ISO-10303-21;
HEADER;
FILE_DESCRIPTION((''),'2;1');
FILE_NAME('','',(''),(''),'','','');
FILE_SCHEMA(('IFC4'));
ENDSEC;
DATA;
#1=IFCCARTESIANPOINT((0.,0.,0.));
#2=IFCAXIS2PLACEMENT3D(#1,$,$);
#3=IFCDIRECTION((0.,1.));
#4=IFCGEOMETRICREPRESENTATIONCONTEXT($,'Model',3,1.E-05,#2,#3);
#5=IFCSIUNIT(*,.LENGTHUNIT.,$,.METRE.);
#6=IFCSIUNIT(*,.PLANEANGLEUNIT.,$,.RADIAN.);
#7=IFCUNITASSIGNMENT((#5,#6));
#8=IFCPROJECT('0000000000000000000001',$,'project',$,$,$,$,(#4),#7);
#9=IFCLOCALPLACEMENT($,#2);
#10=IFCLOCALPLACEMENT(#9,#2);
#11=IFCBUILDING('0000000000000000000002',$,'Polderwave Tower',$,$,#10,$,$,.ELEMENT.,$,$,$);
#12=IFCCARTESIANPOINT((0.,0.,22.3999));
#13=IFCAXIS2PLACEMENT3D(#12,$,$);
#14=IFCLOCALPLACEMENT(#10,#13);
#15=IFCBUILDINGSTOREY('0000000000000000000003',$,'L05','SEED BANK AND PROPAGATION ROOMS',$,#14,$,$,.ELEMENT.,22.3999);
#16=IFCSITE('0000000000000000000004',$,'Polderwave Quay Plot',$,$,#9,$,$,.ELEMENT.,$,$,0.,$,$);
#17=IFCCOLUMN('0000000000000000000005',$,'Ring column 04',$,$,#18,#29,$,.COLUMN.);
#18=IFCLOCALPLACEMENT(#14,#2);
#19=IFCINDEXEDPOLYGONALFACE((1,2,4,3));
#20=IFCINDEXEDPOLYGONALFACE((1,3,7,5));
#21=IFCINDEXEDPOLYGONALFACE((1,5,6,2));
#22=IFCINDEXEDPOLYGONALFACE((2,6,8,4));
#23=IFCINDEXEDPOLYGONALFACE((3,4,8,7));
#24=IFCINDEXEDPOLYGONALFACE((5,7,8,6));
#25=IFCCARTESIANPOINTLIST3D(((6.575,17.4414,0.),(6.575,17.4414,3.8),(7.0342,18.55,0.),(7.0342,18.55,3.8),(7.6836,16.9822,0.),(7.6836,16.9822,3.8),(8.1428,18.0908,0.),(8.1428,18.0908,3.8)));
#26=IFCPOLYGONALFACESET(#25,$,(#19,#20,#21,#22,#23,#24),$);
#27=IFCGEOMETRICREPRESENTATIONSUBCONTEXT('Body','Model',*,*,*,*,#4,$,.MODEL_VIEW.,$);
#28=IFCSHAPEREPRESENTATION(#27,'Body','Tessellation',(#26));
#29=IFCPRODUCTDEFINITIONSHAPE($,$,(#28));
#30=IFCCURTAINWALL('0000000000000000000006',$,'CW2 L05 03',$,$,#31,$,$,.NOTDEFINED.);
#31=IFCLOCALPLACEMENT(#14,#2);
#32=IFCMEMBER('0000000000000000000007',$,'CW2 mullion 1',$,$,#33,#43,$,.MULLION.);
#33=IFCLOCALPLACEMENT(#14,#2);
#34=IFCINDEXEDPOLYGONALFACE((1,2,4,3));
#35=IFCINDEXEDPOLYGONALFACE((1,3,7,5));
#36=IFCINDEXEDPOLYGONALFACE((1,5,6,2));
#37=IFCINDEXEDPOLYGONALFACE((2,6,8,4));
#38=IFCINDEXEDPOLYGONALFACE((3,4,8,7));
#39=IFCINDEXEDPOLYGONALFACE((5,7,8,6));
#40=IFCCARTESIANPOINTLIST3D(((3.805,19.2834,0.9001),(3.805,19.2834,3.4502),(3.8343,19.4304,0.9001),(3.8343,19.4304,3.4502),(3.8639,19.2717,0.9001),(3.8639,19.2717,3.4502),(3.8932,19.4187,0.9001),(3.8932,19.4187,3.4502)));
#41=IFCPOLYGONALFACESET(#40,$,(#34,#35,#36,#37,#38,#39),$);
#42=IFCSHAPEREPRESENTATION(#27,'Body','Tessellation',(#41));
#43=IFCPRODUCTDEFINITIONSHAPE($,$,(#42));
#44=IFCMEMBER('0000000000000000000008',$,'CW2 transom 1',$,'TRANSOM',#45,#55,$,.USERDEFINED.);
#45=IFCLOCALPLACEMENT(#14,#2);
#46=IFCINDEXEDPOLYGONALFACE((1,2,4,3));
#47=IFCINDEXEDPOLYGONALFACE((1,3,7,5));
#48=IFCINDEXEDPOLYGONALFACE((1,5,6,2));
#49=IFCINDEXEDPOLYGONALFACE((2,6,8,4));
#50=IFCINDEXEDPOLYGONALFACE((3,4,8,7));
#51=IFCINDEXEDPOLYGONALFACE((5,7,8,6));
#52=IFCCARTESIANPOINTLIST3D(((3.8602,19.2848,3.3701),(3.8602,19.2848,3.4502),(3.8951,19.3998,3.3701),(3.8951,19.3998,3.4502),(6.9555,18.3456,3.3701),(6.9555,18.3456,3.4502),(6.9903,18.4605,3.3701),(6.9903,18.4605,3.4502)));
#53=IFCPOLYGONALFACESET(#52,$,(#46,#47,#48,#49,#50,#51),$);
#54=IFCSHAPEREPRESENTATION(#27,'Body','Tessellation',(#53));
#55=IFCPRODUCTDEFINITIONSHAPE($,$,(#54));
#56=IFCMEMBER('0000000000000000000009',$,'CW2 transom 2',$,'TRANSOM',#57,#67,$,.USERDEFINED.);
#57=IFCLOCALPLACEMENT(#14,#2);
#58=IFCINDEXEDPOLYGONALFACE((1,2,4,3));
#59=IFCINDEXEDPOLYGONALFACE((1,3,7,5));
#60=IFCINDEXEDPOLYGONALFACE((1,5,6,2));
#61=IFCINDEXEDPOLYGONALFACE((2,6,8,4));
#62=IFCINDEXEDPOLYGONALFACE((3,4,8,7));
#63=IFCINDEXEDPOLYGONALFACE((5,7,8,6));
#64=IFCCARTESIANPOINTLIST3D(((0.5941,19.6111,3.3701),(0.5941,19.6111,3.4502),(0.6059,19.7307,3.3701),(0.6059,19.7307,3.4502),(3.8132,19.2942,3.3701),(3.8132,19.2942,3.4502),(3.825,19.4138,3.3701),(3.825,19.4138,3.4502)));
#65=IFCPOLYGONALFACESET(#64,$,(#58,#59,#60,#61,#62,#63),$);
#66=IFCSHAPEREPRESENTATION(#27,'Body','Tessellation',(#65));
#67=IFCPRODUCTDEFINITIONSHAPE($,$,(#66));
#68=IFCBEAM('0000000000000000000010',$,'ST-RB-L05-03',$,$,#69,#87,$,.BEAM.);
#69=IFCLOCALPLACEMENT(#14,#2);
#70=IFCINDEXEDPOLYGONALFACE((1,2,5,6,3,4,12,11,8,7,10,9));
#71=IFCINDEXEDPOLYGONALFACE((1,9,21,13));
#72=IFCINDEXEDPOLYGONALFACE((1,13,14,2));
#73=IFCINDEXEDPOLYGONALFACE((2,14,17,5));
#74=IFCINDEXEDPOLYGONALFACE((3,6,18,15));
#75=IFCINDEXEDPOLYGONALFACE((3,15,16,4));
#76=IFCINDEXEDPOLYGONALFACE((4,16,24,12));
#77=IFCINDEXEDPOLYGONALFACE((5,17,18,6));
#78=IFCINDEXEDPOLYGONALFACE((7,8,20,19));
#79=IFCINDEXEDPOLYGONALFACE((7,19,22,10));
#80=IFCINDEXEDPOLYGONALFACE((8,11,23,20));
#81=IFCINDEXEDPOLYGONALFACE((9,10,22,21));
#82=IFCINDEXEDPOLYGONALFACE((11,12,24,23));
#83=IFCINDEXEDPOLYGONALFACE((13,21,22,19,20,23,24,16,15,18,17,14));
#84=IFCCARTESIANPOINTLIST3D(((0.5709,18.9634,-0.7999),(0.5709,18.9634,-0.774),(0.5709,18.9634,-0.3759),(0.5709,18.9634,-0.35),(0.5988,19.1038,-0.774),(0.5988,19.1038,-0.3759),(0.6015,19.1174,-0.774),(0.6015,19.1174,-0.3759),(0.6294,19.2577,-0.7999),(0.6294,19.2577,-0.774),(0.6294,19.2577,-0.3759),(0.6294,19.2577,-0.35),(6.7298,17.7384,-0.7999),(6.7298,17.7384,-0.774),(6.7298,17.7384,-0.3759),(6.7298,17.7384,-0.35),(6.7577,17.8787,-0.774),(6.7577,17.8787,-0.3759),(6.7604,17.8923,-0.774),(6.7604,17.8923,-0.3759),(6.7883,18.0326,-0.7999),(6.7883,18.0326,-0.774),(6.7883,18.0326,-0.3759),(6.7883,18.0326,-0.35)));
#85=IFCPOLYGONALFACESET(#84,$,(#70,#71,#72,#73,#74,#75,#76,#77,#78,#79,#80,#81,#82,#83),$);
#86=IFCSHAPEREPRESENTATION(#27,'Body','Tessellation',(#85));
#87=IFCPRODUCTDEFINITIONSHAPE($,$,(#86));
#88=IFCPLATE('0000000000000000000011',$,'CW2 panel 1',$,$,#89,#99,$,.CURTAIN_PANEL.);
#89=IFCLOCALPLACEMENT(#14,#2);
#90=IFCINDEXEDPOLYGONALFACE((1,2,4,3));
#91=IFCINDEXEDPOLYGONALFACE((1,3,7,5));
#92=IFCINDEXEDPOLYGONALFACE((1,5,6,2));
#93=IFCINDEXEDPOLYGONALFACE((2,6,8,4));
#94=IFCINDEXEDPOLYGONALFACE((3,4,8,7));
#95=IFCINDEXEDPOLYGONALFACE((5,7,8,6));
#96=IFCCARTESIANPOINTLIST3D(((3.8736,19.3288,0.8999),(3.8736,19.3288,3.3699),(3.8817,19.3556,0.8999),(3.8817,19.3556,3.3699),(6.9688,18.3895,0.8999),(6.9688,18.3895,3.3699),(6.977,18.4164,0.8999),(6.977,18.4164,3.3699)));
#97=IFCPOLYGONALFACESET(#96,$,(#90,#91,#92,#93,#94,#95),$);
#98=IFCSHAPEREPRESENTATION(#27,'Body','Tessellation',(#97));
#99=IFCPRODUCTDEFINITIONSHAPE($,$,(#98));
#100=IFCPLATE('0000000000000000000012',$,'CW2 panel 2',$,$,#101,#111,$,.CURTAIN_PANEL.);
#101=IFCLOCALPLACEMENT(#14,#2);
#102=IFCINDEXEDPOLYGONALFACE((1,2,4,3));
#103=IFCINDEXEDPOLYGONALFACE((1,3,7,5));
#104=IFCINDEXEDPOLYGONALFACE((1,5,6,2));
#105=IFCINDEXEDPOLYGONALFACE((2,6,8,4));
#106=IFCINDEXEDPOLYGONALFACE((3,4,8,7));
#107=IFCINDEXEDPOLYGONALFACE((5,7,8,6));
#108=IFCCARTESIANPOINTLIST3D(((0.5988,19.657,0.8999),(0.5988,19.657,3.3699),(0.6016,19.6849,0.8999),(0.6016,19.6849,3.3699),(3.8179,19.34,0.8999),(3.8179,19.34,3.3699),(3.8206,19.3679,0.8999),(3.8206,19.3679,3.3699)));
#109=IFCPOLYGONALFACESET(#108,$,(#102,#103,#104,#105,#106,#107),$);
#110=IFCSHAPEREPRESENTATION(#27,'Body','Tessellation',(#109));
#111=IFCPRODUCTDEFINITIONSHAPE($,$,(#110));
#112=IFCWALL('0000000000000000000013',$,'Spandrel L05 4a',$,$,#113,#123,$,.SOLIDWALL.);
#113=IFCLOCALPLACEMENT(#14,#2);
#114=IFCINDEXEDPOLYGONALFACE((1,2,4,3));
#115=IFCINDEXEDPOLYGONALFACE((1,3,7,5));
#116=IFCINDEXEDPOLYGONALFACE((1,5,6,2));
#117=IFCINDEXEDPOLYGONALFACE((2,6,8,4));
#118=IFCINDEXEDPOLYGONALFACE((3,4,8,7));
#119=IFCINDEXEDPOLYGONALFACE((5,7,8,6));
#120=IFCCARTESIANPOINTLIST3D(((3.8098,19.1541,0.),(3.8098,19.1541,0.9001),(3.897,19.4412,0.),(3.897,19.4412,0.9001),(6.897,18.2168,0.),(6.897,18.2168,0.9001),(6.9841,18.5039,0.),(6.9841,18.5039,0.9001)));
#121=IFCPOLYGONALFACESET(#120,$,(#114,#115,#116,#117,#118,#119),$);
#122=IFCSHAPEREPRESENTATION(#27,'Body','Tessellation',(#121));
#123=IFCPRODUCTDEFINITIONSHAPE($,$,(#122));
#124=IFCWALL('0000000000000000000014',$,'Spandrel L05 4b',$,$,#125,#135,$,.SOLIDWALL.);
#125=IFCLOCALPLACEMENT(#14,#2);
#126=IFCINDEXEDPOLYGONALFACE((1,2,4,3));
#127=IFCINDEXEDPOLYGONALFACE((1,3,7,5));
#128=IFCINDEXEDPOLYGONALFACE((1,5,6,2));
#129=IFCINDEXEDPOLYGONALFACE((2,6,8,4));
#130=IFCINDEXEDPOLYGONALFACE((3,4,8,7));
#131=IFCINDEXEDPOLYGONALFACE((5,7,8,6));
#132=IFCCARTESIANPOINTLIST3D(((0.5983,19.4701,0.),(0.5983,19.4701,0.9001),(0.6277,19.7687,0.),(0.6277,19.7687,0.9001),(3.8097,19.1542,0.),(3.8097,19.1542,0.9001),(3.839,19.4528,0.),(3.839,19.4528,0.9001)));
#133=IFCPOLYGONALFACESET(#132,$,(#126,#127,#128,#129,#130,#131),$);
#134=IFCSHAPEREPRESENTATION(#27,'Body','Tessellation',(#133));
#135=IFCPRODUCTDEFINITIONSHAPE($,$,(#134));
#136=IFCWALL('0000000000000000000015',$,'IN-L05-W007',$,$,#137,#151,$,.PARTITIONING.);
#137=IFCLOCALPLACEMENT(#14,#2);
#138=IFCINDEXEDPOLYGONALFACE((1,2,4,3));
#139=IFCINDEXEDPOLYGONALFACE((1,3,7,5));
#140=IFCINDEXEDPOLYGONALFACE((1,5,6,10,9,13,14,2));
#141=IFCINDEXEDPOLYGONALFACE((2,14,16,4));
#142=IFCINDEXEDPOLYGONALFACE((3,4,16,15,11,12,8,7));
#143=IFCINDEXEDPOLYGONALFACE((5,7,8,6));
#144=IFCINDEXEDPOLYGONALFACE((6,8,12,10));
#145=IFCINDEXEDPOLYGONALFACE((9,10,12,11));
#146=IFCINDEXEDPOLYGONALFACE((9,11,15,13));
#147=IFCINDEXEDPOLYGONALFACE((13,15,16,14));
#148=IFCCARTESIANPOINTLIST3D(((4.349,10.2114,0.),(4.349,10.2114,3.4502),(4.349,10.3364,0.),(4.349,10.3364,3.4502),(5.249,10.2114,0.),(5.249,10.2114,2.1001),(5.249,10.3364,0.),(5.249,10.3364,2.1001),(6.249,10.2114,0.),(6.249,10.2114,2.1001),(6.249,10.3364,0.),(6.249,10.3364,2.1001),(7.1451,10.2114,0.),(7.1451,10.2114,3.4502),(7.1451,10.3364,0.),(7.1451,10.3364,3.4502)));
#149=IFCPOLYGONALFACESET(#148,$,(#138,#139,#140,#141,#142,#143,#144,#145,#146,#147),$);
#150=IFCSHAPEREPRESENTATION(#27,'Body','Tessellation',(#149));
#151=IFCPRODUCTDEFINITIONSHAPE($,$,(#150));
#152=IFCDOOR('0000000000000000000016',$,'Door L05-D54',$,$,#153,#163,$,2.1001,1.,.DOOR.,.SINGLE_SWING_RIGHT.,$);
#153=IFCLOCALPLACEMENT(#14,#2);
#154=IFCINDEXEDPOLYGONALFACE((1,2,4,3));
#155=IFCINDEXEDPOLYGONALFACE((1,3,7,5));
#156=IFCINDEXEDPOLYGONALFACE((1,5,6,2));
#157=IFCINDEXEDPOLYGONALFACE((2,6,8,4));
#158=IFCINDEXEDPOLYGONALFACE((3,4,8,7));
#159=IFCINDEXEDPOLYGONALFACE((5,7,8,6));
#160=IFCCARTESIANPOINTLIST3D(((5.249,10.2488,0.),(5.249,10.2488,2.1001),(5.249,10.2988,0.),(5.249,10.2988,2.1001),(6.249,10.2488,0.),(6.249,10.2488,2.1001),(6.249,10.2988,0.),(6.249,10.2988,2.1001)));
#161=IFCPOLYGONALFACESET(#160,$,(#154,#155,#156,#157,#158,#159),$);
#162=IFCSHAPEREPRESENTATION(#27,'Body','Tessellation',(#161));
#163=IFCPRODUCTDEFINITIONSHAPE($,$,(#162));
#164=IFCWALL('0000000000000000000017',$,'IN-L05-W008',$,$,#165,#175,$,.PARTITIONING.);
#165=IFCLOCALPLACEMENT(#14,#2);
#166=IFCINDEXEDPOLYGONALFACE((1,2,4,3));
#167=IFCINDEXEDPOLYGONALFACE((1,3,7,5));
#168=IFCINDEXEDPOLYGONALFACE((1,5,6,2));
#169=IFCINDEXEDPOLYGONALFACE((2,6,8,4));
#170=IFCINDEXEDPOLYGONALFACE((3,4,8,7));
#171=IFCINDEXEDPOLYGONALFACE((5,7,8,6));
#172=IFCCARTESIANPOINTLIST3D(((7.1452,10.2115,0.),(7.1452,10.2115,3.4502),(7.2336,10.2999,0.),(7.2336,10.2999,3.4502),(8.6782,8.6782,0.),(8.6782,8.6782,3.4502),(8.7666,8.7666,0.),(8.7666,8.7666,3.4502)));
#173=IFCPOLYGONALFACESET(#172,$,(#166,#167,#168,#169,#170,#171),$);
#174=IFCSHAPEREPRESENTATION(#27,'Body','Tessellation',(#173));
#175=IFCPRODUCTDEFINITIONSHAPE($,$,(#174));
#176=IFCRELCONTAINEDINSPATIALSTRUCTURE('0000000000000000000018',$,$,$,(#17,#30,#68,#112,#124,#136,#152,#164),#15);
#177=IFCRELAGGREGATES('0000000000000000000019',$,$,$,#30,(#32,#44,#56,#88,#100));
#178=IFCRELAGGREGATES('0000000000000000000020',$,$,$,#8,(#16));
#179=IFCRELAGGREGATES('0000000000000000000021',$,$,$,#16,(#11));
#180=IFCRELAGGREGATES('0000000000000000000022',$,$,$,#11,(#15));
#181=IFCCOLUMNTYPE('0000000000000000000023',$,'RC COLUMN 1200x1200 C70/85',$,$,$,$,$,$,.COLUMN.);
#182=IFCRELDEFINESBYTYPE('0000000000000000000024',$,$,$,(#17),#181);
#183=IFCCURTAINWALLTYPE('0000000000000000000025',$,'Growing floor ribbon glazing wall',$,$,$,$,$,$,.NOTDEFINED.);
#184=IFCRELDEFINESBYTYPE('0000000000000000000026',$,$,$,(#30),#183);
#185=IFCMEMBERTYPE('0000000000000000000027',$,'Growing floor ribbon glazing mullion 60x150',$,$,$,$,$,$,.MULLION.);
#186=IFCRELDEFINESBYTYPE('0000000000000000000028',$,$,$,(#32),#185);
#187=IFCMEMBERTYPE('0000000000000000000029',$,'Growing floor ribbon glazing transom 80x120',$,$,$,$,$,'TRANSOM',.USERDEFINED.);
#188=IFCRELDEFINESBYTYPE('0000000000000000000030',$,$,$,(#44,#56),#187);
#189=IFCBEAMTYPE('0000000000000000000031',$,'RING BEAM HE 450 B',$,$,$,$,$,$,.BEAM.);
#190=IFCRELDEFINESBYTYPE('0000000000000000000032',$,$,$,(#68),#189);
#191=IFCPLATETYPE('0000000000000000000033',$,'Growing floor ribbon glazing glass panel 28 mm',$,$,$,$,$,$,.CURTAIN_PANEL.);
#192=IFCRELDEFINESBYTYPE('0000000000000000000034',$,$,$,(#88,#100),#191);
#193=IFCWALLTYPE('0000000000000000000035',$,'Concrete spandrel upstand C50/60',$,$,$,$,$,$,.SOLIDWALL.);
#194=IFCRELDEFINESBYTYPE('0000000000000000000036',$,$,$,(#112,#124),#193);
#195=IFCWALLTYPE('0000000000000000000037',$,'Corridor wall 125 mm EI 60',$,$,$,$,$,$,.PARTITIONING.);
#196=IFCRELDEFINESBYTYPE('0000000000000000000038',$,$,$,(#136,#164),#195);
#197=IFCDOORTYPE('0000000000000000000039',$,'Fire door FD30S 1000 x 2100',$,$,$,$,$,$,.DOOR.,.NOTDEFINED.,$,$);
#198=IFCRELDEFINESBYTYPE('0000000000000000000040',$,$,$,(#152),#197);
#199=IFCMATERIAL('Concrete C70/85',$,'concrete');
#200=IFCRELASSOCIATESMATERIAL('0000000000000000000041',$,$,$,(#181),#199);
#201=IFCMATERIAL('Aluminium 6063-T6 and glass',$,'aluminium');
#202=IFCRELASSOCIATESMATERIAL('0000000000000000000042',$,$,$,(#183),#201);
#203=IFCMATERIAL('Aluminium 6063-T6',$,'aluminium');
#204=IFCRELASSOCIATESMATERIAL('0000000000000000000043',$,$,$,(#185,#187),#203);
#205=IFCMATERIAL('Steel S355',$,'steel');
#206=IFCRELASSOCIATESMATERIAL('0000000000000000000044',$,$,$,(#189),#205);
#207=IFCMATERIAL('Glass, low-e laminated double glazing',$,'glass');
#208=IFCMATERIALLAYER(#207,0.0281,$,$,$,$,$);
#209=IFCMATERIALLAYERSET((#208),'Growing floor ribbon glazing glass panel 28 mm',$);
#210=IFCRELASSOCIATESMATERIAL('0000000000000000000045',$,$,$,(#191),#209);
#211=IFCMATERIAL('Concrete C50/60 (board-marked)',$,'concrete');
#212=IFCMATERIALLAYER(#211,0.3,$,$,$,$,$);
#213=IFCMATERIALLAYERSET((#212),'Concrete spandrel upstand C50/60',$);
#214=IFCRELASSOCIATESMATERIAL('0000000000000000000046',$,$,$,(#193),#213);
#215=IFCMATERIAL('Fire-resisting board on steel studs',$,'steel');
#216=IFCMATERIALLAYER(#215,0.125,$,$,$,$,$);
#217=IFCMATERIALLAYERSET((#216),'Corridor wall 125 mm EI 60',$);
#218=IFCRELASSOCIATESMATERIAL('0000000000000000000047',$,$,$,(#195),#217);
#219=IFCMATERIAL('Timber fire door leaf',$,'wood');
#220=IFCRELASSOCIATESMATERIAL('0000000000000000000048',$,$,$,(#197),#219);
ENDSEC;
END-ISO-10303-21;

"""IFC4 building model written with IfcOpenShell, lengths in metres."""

from ifc_helpers import new_model, si_unit, direction, frame, frame_2d, origin, origin_2d, place, context, subcontext, project, spatial, rectangle, i_section, extrude, material, layer, layer_set, material_profile, profile_set, type_object, element, fill, aggregate, save


model = new_model("IFC4")

# Units and contexts
model_context = context("Model", 3, precision=1e-05, world=origin(), true_north=direction((0.0, 1.0)))
body_context = subcontext(model_context, "Body", "Model", "MODEL_VIEW")
ifc_project = project(units=[si_unit("LENGTHUNIT", "METRE"), si_unit("PLANEANGLEUNIT", "RADIAN")], contexts=[model_context])

# Site, building, storey
site_placement = place(None, origin())
site = spatial("IfcSite", under=ifc_project, at=site_placement, Name="Polderwave Quay Plot", CompositionType="ELEMENT", RefElevation=0.0)
building_placement = place(site_placement, origin())
building = spatial("IfcBuilding", under=site, at=building_placement, Name="Polderwave Tower", CompositionType="ELEMENT")
storey_placement = place(building_placement, frame((0.0, 0.0, 22.3999)))
storey = spatial("IfcBuildingStorey", under=building, at=storey_placement, Name="L05", Description="SEED BANK AND PROPAGATION ROOMS", CompositionType="ELEMENT", Elevation=22.3999)

# Column
ifc_material_1 = material(Name="Concrete C70/85", Category="concrete")
ifc_material_profile_1 = material_profile(ifc_material_1, rectangle(XDim=1.2, YDim=1.2, at=origin_2d()), Name="RC 1200x1200")
ifc_profile_set_1 = profile_set([ifc_material_profile_1], Name="Concrete C70/85")
column_type = type_object("IfcColumnType", Name="RC COLUMN 1200x1200 C70/85", PredefinedType="COLUMN", material=ifc_profile_set_1)
column_placement = place(storey_placement, frame((7.3589, 17.7661, 0.0), z_axis=(0.0, 0.0, 1.0), x_axis=(0.382683, 0.92388, 0.0)))
element("IfcColumn", 1, at=column_placement, inside=storey, type_object=column_type, Name="Ring column 04", PredefinedType="COLUMN", context=body_context, shape_type="SweptSolid", body=[
    extrude(rectangle(XDim=1.2, YDim=1.2, at=origin_2d()), origin(), (0.0, 0.0, 1.0), 3.8),
])

# Curtain wall, members
ifc_material_2 = material(Name="Aluminium 6063-T6 and glass", Category="aluminium")
curtain_wall_type = type_object("IfcCurtainWallType", Name="Growing floor ribbon glazing wall", PredefinedType="NOTDEFINED", material=ifc_material_2)
curtain_wall_placement = place(storey_placement, origin())
curtain_wall = element("IfcCurtainWall", 2, at=curtain_wall_placement, inside=storey, type_object=curtain_wall_type, Name="CW2 L05 03", PredefinedType="NOTDEFINED")
ifc_material_3 = material(Name="Aluminium 6063-T6", Category="aluminium")
ifc_material_profile_2 = material_profile(ifc_material_3, rectangle(XDim=0.1499, YDim=0.0601, at=origin_2d()), Name="AL 60x150")
ifc_profile_set_2 = profile_set([ifc_material_profile_2], Name="Aluminium 6063-T6")
member_type_1 = type_object("IfcMemberType", Name="Growing floor ribbon glazing mullion 60x150", PredefinedType="MULLION", material=ifc_profile_set_2)
member_1_placement = place(storey_placement, frame((3.8491, 19.3511, 0.9001), z_axis=(0.0, 0.0, 1.0), x_axis=(-0.19514, -0.980775, 0.0)))
member_1 = element("IfcMember", 3, at=member_1_placement, type_object=member_type_1, Name="CW2 mullion 1", PredefinedType="MULLION", context=body_context, shape_type="SweptSolid", body=[
    extrude(rectangle(XDim=0.1499, YDim=0.0601, at=origin_2d()), origin(), (0.0, 0.0, 1.0), 2.55),
])
ifc_material_profile_3 = material_profile(ifc_material_3, rectangle(XDim=0.1201, YDim=0.0801, at=origin_2d()), Name="AL 80x120")
ifc_profile_set_3 = profile_set([ifc_material_profile_3], Name="Aluminium 6063-T6")
member_type_2 = type_object("IfcMemberType", Name="Growing floor ribbon glazing transom 80x120", ElementType="TRANSOM", PredefinedType="USERDEFINED", material=ifc_profile_set_3)
member_2_placement = place(storey_placement, frame((6.9729, 18.4031, 3.4102), z_axis=(-0.956916, 0.290366, 0.0), x_axis=(-0.290366, -0.956916, 0.0)))
member_2 = element("IfcMember", 4, at=member_2_placement, type_object=member_type_2, Name="CW2 transom 1", ObjectType="TRANSOM", PredefinedType="USERDEFINED", context=body_context, shape_type="SweptSolid", body=[
    extrude(rectangle(XDim=0.1201, YDim=0.0801, at=origin_2d()), origin(), (0.0, 0.0, 1.0), 3.2346),
])
member_3_placement = place(storey_placement, frame((3.8191, 19.354, 3.4102), z_axis=(-0.995189, 0.097972, 0.0), x_axis=(-0.097972, -0.995189, 0.0)))
member_3 = element("IfcMember", 5, at=member_3_placement, type_object=member_type_2, Name="CW2 transom 2", ObjectType="TRANSOM", PredefinedType="USERDEFINED", context=body_context, shape_type="SweptSolid", body=[
    extrude(rectangle(XDim=0.1201, YDim=0.0801, at=origin_2d()), origin(), (0.0, 0.0, 1.0), 3.2346),
])

# Beam
ifc_material_4 = material(Name="Steel S355", Category="steel")
ifc_material_profile_4 = material_profile(ifc_material_4, i_section(OverallWidth=0.3, OverallDepth=0.45, WebThickness=0.0139, FlangeThickness=0.0259, at=origin_2d()), Name="HE 450 B")
ifc_profile_set_4 = profile_set([ifc_material_profile_4], Name="Steel S355")
beam_type = type_object("IfcBeamType", Name="RING BEAM HE 450 B", PredefinedType="BEAM", material=ifc_profile_set_4)
beam_placement = place(storey_placement, frame((6.759, 17.8855, -0.575), z_axis=(-0.980785, 0.195092, 0.0), x_axis=(-0.195092, -0.980785, 0.0)))
element("IfcBeam", 6, at=beam_placement, inside=storey, type_object=beam_type, Name="ST-RB-L05-03", PredefinedType="BEAM", context=body_context, shape_type="SweptSolid", body=[
    extrude(i_section(OverallWidth=0.3, OverallDepth=0.45, WebThickness=0.0139, FlangeThickness=0.0259, at=origin_2d()), origin(), (0.0, 0.0, 1.0), 6.2795),
])

# Plates
ifc_material_5 = material(Name="Glass, low-e laminated double glazing", Category="glass")
ifc_layer_1 = layer(ifc_material_5, 0.0281)
ifc_layer_set_1 = layer_set([ifc_layer_1], Name="Growing floor ribbon glazing glass panel 28 mm")
plate_type = type_object("IfcPlateType", Name="Growing floor ribbon glazing glass panel 28 mm", PredefinedType="CURTAIN_PANEL", material=ifc_layer_set_1)
plate_1_placement = place(storey_placement, frame((5.4253, 18.8726, 0.8999), z_axis=(0.0, 0.0, 1.0), x_axis=(-0.956911, 0.290382, 0.0)))
plate_1 = element("IfcPlate", 7, at=plate_1_placement, type_object=plate_type, Name="CW2 panel 1", PredefinedType="CURTAIN_PANEL", context=body_context, shape_type="SweptSolid", body=[
    extrude(rectangle(XDim=3.2346, YDim=0.0281, at=origin_2d()), origin(), (0.0, 0.0, 1.0), 2.47),
])
plate_2_placement = place(storey_placement, frame((2.2097, 19.5125, 0.8999), z_axis=(0.0, 0.0, 1.0), x_axis=(-0.995185, 0.098017, 0.0)))
plate_2 = element("IfcPlate", 8, at=plate_2_placement, type_object=plate_type, Name="CW2 panel 2", PredefinedType="CURTAIN_PANEL", context=body_context, shape_type="SweptSolid", body=[
    extrude(rectangle(XDim=3.2346, YDim=0.0281, at=origin_2d()), origin(), (0.0, 0.0, 1.0), 2.47),
])
aggregate(curtain_wall, [member_1, member_2, member_3, plate_1, plate_2])

# Walls
ifc_material_6 = material(Name="Concrete C50/60 (board-marked)", Category="concrete")
ifc_layer_2 = layer(ifc_material_6, 0.3)
ifc_layer_set_2 = layer_set([ifc_layer_2], Name="Concrete spandrel upstand C50/60")
wall_type_1 = type_object("IfcWallType", Name="Concrete spandrel upstand C50/60", PredefinedType="SOLIDWALL", material=ifc_layer_set_2)
wall_1_placement = place(storey_placement, frame((6.9407, 18.3604, 0.0), z_axis=(0.0, 0.0, 1.0), x_axis=(-0.956873, 0.290505, 0.0)))
element("IfcWall", 9, at=wall_1_placement, inside=storey, type_object=wall_type_1, Name="Spandrel L05 4a", PredefinedType="SOLIDWALL", context=body_context, shape_type="SweptSolid", body=[
    extrude(rectangle(XDim=3.2263, YDim=0.3, at=frame_2d((1.6133, 0.0))), origin(), (0.0, 0.0, 1.0), 0.9001),
])
wall_2_placement = place(storey_placement, frame((3.8242, 19.3035, 0.0), z_axis=(0.0, 0.0, 1.0), x_axis=(-0.995196, 0.097901, 0.0)))
element("IfcWall", 10, at=wall_2_placement, inside=storey, type_object=wall_type_1, Name="Spandrel L05 4b", PredefinedType="SOLIDWALL", context=body_context, shape_type="SweptSolid", body=[
    extrude(rectangle(XDim=3.2268, YDim=0.3, at=frame_2d((1.6133, 0.0))), origin(), (0.0, 0.0, 1.0), 0.9001),
])

# Wall, opening, door
ifc_material_7 = material(Name="Fire-resisting board on steel studs", Category="steel")
ifc_layer_3 = layer(ifc_material_7, 0.125)
ifc_layer_set_3 = layer_set([ifc_layer_3], Name="Corridor wall 125 mm EI 60")
wall_type_2 = type_object("IfcWallType", Name="Corridor wall 125 mm EI 60", PredefinedType="PARTITIONING", material=ifc_layer_set_3)
wall_3_placement = place(storey_placement, frame((4.3491, 10.2739, 0.0), z_axis=(0.0, 0.0, 1.0), x_axis=(1.0, 0.0, 0.0)))
wall_3 = element("IfcWall", 11, at=wall_3_placement, inside=storey, type_object=wall_type_2, Name="IN-L05-W007", PredefinedType="PARTITIONING", context=body_context, shape_type="SweptSolid", body=[
    extrude(rectangle(XDim=2.7961, YDim=0.125, at=frame_2d((1.3979, 0.0))), origin(), (0.0, 0.0, 1.0), 3.4502),
])
opening_1_placement = place(wall_3_placement, frame((0.8999, 0.0, 0.0)))
opening_1 = element("IfcOpeningElement", 12, at=opening_1_placement, cuts=wall_3, PredefinedType="OPENING", context=body_context, shape_type="SweptSolid", body=[
    extrude(rectangle(XDim=1.0, YDim=2.1001, at=frame_2d((0.5, 1.05))), frame((0.0, 0.0725, 0.0), z_axis=(0.0, -1.0, 0.0), x_axis=(1.0, 0.0, 0.0)), (0.0, 0.0, 1.0), 0.145),
])
ifc_material_8 = material(Name="Timber fire door leaf", Category="wood")
door_type = type_object("IfcDoorType", Name="Fire door FD30S 1000 x 2100", OperationType="NOTDEFINED", PredefinedType="DOOR", material=ifc_material_8)
door_1_placement = place(opening_1_placement, origin())
door_1 = element("IfcDoor", 13, at=door_1_placement, inside=storey, type_object=door_type, Name="Door L05-D54", OperationType="SINGLE_SWING_RIGHT", OverallHeight=2.1001, OverallWidth=1.0, PredefinedType="DOOR", context=body_context, shape_type="SweptSolid", body=[
    extrude(rectangle(XDim=1.0, YDim=2.1001, at=frame_2d((0.5, 1.05))), frame((0.0, 0.0249, 0.0), z_axis=(0.0, -1.0, 0.0), x_axis=(1.0, 0.0, 0.0)), (0.0, 0.0, 1.0), 0.05),
])
fill(opening_1, door_1)

# Wall
wall_4_placement = place(storey_placement, frame((7.1895, 10.2556, 0.0), z_axis=(0.0, 0.0, 1.0), x_axis=(0.70705, -0.707163, 0.0)))
element("IfcWall", 14, at=wall_4_placement, inside=storey, type_object=wall_type_2, Name="IN-L05-W008", PredefinedType="PARTITIONING", context=body_context, shape_type="SweptSolid", body=[
    extrude(rectangle(XDim=2.1682, YDim=0.125, at=frame_2d((1.084, 0.0))), origin(), (0.0, 0.0, 1.0), 3.4502),
])

save(model, "model.ifc")
